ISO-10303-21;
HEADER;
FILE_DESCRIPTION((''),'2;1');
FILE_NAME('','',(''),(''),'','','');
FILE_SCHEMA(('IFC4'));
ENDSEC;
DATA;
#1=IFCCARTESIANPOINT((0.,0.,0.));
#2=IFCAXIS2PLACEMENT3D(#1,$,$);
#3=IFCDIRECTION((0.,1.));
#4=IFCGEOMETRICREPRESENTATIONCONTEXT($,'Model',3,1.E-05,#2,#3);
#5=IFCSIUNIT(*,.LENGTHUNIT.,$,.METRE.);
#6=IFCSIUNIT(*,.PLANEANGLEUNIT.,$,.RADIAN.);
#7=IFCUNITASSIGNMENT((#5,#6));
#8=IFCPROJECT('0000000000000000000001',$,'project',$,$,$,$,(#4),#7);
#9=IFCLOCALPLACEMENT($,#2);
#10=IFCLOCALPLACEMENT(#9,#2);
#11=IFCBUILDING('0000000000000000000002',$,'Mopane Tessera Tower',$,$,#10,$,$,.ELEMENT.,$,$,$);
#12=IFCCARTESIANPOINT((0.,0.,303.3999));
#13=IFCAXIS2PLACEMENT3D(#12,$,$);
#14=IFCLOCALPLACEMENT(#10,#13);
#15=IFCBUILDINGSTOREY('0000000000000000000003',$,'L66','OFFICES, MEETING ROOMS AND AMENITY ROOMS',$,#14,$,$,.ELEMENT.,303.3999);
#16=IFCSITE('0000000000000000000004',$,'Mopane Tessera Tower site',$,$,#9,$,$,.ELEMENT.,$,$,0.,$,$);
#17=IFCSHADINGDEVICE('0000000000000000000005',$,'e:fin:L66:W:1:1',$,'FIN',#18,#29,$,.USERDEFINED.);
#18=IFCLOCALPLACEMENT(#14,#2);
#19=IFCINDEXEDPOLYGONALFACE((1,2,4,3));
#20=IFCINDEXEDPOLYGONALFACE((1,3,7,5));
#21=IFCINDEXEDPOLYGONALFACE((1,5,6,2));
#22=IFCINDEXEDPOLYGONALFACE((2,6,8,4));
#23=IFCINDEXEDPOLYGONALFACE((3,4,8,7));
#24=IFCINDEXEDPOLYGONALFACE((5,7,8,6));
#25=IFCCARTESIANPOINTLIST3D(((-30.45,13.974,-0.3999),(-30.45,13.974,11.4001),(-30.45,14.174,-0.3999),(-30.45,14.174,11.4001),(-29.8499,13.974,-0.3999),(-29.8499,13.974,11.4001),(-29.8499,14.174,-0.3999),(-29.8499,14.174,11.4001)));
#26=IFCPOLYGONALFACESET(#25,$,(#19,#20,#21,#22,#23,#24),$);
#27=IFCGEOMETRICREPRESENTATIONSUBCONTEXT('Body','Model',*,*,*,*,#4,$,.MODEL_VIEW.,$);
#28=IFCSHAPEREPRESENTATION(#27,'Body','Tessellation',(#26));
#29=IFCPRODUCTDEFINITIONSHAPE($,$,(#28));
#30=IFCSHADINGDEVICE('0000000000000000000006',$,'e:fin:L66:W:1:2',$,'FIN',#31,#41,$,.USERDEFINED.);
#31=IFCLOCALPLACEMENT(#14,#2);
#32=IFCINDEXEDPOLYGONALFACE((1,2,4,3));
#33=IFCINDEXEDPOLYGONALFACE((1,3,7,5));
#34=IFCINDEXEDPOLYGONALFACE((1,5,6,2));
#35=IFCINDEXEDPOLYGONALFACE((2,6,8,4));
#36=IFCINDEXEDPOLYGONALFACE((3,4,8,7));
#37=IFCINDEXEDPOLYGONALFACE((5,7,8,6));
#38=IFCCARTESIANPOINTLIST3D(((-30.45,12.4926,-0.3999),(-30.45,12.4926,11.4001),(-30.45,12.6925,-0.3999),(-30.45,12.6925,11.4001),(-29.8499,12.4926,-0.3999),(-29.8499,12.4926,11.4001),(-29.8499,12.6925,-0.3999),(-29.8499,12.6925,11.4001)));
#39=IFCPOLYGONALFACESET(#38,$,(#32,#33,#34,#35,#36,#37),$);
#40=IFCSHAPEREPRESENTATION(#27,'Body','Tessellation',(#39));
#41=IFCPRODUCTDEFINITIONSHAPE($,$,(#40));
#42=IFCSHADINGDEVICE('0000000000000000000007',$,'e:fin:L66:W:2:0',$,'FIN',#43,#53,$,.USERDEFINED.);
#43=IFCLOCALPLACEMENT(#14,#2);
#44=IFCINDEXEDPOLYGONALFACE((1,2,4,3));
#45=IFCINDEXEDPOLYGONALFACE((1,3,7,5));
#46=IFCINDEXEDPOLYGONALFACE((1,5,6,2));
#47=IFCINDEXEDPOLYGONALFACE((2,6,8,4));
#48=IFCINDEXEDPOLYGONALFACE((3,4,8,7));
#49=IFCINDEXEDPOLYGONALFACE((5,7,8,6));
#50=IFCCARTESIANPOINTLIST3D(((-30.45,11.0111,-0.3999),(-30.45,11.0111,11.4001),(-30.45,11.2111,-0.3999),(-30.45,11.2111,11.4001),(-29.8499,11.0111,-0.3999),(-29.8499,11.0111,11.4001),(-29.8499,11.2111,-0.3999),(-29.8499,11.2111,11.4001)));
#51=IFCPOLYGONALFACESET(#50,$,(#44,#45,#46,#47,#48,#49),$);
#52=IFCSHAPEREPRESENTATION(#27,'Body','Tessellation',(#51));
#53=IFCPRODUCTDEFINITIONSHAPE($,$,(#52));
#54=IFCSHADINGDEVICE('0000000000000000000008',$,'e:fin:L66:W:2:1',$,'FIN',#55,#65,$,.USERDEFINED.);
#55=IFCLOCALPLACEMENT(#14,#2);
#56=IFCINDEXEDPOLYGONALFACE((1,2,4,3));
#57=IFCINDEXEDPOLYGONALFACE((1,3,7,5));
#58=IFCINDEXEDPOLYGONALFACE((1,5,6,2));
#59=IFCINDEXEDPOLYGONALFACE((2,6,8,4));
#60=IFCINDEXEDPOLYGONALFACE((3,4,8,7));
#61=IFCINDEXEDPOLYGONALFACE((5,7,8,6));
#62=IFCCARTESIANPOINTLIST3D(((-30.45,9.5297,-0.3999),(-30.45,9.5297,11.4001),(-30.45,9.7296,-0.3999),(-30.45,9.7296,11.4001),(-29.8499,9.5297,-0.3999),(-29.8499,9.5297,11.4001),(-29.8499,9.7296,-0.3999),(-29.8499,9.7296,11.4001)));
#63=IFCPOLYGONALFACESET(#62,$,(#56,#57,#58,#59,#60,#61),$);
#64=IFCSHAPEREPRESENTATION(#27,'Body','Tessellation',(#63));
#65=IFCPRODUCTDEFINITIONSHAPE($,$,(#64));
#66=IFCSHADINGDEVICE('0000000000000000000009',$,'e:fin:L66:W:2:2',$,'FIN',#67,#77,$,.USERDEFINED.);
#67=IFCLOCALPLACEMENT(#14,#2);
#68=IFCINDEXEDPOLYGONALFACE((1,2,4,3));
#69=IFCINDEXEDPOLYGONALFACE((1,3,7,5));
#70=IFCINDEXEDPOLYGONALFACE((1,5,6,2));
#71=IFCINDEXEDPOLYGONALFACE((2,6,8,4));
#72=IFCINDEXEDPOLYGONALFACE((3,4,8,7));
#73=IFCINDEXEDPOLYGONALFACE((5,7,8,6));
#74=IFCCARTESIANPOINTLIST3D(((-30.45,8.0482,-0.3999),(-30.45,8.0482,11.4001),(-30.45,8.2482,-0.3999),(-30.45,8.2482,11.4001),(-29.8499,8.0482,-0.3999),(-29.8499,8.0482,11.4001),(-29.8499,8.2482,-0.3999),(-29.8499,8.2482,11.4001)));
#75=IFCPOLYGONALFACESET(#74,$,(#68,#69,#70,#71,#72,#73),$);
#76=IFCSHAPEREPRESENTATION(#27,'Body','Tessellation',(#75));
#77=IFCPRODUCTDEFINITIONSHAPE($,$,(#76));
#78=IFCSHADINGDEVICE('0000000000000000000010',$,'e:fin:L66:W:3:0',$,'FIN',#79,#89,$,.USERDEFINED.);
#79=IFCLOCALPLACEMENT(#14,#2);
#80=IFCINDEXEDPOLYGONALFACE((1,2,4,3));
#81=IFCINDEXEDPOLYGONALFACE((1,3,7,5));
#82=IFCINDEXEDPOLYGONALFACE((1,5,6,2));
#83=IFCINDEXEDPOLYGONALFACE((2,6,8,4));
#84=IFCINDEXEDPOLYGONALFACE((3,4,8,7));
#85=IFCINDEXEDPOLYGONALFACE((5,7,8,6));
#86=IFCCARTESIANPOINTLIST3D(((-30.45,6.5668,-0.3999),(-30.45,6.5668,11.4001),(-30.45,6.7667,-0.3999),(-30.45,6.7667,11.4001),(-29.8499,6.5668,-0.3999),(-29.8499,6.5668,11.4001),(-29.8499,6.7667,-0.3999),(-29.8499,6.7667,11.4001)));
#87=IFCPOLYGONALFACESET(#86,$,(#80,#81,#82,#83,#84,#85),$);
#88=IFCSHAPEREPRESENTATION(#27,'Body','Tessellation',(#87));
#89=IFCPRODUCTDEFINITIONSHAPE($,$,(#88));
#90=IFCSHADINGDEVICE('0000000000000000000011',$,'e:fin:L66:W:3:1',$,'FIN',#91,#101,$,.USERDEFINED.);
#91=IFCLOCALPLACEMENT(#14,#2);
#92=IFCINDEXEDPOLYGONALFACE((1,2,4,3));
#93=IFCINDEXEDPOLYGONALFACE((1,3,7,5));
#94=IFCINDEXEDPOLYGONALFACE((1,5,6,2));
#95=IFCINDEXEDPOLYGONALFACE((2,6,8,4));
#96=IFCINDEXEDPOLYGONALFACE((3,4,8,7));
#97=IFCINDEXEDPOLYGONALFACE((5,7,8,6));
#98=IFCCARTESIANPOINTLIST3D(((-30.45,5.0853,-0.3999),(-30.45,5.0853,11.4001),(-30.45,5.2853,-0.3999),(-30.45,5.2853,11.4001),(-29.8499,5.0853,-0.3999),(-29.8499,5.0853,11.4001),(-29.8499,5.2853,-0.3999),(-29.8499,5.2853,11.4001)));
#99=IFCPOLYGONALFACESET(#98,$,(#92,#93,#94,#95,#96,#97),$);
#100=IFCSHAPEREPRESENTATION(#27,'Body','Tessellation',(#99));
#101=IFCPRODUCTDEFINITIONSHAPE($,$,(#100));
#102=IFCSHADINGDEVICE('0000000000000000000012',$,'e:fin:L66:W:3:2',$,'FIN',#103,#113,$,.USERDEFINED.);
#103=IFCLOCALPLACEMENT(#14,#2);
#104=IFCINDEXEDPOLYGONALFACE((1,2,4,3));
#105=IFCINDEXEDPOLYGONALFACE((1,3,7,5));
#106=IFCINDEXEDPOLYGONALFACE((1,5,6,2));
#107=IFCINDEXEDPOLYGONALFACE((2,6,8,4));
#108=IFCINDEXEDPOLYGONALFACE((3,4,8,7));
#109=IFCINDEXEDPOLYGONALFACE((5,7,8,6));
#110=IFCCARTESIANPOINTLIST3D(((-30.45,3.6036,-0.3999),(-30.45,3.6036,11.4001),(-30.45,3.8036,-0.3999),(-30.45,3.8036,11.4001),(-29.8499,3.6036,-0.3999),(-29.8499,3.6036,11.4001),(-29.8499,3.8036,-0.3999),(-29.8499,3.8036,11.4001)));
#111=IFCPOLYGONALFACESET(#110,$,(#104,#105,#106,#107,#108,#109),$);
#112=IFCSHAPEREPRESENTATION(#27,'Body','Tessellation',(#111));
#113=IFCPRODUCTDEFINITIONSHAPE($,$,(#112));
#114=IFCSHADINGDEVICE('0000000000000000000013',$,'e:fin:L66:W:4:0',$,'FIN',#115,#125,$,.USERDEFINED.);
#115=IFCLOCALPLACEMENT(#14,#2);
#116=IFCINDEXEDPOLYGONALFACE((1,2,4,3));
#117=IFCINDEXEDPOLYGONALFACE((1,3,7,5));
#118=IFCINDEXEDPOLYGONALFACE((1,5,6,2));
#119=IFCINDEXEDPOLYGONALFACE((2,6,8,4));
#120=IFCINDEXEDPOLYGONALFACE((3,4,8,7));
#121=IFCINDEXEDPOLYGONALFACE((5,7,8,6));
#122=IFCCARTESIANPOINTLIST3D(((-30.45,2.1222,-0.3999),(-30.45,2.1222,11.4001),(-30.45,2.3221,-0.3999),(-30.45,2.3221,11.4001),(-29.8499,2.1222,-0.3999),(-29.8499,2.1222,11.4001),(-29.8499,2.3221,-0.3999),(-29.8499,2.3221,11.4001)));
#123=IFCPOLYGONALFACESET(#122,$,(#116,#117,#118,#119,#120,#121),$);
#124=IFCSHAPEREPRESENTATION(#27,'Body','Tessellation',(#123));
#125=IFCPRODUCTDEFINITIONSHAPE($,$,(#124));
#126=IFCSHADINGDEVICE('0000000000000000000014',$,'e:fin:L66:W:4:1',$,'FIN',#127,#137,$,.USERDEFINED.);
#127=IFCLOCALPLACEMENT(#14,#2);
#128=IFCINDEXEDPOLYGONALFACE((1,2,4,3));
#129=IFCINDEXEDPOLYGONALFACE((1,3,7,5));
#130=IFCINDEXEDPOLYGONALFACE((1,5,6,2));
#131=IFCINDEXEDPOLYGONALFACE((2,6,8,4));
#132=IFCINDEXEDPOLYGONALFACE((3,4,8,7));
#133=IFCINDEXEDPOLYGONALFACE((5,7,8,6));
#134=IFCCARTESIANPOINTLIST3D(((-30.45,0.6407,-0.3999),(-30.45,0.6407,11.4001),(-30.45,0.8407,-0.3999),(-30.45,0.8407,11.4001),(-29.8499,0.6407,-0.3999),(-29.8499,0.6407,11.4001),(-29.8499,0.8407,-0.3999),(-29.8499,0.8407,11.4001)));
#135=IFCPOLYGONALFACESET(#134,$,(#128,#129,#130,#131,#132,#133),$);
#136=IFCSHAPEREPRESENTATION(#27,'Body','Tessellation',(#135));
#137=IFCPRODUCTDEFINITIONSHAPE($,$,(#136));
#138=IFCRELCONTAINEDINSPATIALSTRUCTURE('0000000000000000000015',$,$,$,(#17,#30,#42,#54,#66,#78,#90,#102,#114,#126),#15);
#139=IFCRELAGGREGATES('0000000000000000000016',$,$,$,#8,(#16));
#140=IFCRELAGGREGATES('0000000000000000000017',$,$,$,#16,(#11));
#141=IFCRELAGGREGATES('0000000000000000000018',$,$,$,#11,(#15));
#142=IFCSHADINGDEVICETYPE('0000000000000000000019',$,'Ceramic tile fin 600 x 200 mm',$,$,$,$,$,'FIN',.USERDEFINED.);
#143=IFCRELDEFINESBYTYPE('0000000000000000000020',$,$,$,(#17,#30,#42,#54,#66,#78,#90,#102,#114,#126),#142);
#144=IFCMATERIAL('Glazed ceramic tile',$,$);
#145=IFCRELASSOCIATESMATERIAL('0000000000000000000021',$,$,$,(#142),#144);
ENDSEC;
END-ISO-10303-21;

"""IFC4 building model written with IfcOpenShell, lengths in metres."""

from ifc_helpers import new_model, si_unit, direction, frame, origin, origin_2d, place, context, subcontext, project, spatial, rectangle, extrude, material, type_object, element, save


model = new_model("IFC4")

# Units and contexts
model_context = context("Model", 3, precision=1e-05, world=origin(), true_north=direction((0.0, 1.0)))
body_context = subcontext(model_context, "Body", "Model", "MODEL_VIEW")
ifc_project = project(units=[si_unit("LENGTHUNIT", "METRE"), si_unit("PLANEANGLEUNIT", "RADIAN")], contexts=[model_context])

# Site, building, storey
site_placement = place(None, origin())
site = spatial("IfcSite", under=ifc_project, at=site_placement, Name="Mopane Tessera Tower site", CompositionType="ELEMENT", RefElevation=0.0)
building_placement = place(site_placement, origin())
building = spatial("IfcBuilding", under=site, at=building_placement, Name="Mopane Tessera Tower", CompositionType="ELEMENT")
storey_placement = place(building_placement, frame((0.0, 0.0, 303.3999)))
storey = spatial("IfcBuildingStorey", under=building, at=storey_placement, Name="L66", Description="OFFICES, MEETING ROOMS AND AMENITY ROOMS", CompositionType="ELEMENT", Elevation=303.3999)

# Shading devices
ifc_material_1 = material(Name="Glazed ceramic tile")
shading_device_type = type_object("IfcShadingDeviceType", Name="Ceramic tile fin 600 x 200 mm", ElementType="FIN", PredefinedType="USERDEFINED", material=ifc_material_1)
for number, where, z_axis, x_axis, name in (
    (1, (-30.1499, 14.074, -0.3999), (0.0, 0.0, 1.0), (0.0, -1.0, 0.0), "e:fin:L66:W:1:1"),
    (2, (-30.1499, 12.5925, -0.3999), (0.0, 0.0, 1.0), (0.0, -1.0, 0.0), "e:fin:L66:W:1:2"),
    (3, (-30.1499, 11.1111, -0.3999), (0.0, 0.0, 1.0), (0.0, -1.0, 0.0), "e:fin:L66:W:2:0"),
    (4, (-30.1499, 9.6296, -0.3999), (0.0, 0.0, 1.0), (0.0, -1.0, 0.0), "e:fin:L66:W:2:1"),
    (5, (-30.1499, 8.1482, -0.3999), (0.0, 0.0, 1.0), (0.0, -1.0, 0.0), "e:fin:L66:W:2:2"),
    (6, (-30.1499, 6.6667, -0.3999), (0.0, 0.0, 1.0), (0.0, -1.0, 0.0), "e:fin:L66:W:3:0"),
    (7, (-30.1499, 5.1853, -0.3999), (0.0, 0.0, 1.0), (0.0, -1.0, 0.0), "e:fin:L66:W:3:1"),
    (8, (-30.1499, 3.7036, -0.3999), (0.0, 0.0, 1.0), (0.0, -1.0, 0.0), "e:fin:L66:W:3:2"),
    (9, (-30.1499, 2.2222, -0.3999), (0.0, 0.0, 1.0), (0.0, -1.0, 0.0), "e:fin:L66:W:4:0"),
    (10, (-30.1499, 0.7407, -0.3999), (0.0, 0.0, 1.0), (0.0, -1.0, 0.0), "e:fin:L66:W:4:1"),
):
    element("IfcShadingDevice", number, at=place(storey_placement, frame(where, z_axis=z_axis, x_axis=x_axis)), inside=storey, type_object=shading_device_type, Name=name, ObjectType="FIN", PredefinedType="USERDEFINED", context=body_context, shape_type="SweptSolid", body=[
        extrude(rectangle(XDim=0.2, YDim=0.6001, at=origin_2d()), origin(), (0.0, 0.0, 1.0), 11.8),
    ])

save(model, "model.ifc")
